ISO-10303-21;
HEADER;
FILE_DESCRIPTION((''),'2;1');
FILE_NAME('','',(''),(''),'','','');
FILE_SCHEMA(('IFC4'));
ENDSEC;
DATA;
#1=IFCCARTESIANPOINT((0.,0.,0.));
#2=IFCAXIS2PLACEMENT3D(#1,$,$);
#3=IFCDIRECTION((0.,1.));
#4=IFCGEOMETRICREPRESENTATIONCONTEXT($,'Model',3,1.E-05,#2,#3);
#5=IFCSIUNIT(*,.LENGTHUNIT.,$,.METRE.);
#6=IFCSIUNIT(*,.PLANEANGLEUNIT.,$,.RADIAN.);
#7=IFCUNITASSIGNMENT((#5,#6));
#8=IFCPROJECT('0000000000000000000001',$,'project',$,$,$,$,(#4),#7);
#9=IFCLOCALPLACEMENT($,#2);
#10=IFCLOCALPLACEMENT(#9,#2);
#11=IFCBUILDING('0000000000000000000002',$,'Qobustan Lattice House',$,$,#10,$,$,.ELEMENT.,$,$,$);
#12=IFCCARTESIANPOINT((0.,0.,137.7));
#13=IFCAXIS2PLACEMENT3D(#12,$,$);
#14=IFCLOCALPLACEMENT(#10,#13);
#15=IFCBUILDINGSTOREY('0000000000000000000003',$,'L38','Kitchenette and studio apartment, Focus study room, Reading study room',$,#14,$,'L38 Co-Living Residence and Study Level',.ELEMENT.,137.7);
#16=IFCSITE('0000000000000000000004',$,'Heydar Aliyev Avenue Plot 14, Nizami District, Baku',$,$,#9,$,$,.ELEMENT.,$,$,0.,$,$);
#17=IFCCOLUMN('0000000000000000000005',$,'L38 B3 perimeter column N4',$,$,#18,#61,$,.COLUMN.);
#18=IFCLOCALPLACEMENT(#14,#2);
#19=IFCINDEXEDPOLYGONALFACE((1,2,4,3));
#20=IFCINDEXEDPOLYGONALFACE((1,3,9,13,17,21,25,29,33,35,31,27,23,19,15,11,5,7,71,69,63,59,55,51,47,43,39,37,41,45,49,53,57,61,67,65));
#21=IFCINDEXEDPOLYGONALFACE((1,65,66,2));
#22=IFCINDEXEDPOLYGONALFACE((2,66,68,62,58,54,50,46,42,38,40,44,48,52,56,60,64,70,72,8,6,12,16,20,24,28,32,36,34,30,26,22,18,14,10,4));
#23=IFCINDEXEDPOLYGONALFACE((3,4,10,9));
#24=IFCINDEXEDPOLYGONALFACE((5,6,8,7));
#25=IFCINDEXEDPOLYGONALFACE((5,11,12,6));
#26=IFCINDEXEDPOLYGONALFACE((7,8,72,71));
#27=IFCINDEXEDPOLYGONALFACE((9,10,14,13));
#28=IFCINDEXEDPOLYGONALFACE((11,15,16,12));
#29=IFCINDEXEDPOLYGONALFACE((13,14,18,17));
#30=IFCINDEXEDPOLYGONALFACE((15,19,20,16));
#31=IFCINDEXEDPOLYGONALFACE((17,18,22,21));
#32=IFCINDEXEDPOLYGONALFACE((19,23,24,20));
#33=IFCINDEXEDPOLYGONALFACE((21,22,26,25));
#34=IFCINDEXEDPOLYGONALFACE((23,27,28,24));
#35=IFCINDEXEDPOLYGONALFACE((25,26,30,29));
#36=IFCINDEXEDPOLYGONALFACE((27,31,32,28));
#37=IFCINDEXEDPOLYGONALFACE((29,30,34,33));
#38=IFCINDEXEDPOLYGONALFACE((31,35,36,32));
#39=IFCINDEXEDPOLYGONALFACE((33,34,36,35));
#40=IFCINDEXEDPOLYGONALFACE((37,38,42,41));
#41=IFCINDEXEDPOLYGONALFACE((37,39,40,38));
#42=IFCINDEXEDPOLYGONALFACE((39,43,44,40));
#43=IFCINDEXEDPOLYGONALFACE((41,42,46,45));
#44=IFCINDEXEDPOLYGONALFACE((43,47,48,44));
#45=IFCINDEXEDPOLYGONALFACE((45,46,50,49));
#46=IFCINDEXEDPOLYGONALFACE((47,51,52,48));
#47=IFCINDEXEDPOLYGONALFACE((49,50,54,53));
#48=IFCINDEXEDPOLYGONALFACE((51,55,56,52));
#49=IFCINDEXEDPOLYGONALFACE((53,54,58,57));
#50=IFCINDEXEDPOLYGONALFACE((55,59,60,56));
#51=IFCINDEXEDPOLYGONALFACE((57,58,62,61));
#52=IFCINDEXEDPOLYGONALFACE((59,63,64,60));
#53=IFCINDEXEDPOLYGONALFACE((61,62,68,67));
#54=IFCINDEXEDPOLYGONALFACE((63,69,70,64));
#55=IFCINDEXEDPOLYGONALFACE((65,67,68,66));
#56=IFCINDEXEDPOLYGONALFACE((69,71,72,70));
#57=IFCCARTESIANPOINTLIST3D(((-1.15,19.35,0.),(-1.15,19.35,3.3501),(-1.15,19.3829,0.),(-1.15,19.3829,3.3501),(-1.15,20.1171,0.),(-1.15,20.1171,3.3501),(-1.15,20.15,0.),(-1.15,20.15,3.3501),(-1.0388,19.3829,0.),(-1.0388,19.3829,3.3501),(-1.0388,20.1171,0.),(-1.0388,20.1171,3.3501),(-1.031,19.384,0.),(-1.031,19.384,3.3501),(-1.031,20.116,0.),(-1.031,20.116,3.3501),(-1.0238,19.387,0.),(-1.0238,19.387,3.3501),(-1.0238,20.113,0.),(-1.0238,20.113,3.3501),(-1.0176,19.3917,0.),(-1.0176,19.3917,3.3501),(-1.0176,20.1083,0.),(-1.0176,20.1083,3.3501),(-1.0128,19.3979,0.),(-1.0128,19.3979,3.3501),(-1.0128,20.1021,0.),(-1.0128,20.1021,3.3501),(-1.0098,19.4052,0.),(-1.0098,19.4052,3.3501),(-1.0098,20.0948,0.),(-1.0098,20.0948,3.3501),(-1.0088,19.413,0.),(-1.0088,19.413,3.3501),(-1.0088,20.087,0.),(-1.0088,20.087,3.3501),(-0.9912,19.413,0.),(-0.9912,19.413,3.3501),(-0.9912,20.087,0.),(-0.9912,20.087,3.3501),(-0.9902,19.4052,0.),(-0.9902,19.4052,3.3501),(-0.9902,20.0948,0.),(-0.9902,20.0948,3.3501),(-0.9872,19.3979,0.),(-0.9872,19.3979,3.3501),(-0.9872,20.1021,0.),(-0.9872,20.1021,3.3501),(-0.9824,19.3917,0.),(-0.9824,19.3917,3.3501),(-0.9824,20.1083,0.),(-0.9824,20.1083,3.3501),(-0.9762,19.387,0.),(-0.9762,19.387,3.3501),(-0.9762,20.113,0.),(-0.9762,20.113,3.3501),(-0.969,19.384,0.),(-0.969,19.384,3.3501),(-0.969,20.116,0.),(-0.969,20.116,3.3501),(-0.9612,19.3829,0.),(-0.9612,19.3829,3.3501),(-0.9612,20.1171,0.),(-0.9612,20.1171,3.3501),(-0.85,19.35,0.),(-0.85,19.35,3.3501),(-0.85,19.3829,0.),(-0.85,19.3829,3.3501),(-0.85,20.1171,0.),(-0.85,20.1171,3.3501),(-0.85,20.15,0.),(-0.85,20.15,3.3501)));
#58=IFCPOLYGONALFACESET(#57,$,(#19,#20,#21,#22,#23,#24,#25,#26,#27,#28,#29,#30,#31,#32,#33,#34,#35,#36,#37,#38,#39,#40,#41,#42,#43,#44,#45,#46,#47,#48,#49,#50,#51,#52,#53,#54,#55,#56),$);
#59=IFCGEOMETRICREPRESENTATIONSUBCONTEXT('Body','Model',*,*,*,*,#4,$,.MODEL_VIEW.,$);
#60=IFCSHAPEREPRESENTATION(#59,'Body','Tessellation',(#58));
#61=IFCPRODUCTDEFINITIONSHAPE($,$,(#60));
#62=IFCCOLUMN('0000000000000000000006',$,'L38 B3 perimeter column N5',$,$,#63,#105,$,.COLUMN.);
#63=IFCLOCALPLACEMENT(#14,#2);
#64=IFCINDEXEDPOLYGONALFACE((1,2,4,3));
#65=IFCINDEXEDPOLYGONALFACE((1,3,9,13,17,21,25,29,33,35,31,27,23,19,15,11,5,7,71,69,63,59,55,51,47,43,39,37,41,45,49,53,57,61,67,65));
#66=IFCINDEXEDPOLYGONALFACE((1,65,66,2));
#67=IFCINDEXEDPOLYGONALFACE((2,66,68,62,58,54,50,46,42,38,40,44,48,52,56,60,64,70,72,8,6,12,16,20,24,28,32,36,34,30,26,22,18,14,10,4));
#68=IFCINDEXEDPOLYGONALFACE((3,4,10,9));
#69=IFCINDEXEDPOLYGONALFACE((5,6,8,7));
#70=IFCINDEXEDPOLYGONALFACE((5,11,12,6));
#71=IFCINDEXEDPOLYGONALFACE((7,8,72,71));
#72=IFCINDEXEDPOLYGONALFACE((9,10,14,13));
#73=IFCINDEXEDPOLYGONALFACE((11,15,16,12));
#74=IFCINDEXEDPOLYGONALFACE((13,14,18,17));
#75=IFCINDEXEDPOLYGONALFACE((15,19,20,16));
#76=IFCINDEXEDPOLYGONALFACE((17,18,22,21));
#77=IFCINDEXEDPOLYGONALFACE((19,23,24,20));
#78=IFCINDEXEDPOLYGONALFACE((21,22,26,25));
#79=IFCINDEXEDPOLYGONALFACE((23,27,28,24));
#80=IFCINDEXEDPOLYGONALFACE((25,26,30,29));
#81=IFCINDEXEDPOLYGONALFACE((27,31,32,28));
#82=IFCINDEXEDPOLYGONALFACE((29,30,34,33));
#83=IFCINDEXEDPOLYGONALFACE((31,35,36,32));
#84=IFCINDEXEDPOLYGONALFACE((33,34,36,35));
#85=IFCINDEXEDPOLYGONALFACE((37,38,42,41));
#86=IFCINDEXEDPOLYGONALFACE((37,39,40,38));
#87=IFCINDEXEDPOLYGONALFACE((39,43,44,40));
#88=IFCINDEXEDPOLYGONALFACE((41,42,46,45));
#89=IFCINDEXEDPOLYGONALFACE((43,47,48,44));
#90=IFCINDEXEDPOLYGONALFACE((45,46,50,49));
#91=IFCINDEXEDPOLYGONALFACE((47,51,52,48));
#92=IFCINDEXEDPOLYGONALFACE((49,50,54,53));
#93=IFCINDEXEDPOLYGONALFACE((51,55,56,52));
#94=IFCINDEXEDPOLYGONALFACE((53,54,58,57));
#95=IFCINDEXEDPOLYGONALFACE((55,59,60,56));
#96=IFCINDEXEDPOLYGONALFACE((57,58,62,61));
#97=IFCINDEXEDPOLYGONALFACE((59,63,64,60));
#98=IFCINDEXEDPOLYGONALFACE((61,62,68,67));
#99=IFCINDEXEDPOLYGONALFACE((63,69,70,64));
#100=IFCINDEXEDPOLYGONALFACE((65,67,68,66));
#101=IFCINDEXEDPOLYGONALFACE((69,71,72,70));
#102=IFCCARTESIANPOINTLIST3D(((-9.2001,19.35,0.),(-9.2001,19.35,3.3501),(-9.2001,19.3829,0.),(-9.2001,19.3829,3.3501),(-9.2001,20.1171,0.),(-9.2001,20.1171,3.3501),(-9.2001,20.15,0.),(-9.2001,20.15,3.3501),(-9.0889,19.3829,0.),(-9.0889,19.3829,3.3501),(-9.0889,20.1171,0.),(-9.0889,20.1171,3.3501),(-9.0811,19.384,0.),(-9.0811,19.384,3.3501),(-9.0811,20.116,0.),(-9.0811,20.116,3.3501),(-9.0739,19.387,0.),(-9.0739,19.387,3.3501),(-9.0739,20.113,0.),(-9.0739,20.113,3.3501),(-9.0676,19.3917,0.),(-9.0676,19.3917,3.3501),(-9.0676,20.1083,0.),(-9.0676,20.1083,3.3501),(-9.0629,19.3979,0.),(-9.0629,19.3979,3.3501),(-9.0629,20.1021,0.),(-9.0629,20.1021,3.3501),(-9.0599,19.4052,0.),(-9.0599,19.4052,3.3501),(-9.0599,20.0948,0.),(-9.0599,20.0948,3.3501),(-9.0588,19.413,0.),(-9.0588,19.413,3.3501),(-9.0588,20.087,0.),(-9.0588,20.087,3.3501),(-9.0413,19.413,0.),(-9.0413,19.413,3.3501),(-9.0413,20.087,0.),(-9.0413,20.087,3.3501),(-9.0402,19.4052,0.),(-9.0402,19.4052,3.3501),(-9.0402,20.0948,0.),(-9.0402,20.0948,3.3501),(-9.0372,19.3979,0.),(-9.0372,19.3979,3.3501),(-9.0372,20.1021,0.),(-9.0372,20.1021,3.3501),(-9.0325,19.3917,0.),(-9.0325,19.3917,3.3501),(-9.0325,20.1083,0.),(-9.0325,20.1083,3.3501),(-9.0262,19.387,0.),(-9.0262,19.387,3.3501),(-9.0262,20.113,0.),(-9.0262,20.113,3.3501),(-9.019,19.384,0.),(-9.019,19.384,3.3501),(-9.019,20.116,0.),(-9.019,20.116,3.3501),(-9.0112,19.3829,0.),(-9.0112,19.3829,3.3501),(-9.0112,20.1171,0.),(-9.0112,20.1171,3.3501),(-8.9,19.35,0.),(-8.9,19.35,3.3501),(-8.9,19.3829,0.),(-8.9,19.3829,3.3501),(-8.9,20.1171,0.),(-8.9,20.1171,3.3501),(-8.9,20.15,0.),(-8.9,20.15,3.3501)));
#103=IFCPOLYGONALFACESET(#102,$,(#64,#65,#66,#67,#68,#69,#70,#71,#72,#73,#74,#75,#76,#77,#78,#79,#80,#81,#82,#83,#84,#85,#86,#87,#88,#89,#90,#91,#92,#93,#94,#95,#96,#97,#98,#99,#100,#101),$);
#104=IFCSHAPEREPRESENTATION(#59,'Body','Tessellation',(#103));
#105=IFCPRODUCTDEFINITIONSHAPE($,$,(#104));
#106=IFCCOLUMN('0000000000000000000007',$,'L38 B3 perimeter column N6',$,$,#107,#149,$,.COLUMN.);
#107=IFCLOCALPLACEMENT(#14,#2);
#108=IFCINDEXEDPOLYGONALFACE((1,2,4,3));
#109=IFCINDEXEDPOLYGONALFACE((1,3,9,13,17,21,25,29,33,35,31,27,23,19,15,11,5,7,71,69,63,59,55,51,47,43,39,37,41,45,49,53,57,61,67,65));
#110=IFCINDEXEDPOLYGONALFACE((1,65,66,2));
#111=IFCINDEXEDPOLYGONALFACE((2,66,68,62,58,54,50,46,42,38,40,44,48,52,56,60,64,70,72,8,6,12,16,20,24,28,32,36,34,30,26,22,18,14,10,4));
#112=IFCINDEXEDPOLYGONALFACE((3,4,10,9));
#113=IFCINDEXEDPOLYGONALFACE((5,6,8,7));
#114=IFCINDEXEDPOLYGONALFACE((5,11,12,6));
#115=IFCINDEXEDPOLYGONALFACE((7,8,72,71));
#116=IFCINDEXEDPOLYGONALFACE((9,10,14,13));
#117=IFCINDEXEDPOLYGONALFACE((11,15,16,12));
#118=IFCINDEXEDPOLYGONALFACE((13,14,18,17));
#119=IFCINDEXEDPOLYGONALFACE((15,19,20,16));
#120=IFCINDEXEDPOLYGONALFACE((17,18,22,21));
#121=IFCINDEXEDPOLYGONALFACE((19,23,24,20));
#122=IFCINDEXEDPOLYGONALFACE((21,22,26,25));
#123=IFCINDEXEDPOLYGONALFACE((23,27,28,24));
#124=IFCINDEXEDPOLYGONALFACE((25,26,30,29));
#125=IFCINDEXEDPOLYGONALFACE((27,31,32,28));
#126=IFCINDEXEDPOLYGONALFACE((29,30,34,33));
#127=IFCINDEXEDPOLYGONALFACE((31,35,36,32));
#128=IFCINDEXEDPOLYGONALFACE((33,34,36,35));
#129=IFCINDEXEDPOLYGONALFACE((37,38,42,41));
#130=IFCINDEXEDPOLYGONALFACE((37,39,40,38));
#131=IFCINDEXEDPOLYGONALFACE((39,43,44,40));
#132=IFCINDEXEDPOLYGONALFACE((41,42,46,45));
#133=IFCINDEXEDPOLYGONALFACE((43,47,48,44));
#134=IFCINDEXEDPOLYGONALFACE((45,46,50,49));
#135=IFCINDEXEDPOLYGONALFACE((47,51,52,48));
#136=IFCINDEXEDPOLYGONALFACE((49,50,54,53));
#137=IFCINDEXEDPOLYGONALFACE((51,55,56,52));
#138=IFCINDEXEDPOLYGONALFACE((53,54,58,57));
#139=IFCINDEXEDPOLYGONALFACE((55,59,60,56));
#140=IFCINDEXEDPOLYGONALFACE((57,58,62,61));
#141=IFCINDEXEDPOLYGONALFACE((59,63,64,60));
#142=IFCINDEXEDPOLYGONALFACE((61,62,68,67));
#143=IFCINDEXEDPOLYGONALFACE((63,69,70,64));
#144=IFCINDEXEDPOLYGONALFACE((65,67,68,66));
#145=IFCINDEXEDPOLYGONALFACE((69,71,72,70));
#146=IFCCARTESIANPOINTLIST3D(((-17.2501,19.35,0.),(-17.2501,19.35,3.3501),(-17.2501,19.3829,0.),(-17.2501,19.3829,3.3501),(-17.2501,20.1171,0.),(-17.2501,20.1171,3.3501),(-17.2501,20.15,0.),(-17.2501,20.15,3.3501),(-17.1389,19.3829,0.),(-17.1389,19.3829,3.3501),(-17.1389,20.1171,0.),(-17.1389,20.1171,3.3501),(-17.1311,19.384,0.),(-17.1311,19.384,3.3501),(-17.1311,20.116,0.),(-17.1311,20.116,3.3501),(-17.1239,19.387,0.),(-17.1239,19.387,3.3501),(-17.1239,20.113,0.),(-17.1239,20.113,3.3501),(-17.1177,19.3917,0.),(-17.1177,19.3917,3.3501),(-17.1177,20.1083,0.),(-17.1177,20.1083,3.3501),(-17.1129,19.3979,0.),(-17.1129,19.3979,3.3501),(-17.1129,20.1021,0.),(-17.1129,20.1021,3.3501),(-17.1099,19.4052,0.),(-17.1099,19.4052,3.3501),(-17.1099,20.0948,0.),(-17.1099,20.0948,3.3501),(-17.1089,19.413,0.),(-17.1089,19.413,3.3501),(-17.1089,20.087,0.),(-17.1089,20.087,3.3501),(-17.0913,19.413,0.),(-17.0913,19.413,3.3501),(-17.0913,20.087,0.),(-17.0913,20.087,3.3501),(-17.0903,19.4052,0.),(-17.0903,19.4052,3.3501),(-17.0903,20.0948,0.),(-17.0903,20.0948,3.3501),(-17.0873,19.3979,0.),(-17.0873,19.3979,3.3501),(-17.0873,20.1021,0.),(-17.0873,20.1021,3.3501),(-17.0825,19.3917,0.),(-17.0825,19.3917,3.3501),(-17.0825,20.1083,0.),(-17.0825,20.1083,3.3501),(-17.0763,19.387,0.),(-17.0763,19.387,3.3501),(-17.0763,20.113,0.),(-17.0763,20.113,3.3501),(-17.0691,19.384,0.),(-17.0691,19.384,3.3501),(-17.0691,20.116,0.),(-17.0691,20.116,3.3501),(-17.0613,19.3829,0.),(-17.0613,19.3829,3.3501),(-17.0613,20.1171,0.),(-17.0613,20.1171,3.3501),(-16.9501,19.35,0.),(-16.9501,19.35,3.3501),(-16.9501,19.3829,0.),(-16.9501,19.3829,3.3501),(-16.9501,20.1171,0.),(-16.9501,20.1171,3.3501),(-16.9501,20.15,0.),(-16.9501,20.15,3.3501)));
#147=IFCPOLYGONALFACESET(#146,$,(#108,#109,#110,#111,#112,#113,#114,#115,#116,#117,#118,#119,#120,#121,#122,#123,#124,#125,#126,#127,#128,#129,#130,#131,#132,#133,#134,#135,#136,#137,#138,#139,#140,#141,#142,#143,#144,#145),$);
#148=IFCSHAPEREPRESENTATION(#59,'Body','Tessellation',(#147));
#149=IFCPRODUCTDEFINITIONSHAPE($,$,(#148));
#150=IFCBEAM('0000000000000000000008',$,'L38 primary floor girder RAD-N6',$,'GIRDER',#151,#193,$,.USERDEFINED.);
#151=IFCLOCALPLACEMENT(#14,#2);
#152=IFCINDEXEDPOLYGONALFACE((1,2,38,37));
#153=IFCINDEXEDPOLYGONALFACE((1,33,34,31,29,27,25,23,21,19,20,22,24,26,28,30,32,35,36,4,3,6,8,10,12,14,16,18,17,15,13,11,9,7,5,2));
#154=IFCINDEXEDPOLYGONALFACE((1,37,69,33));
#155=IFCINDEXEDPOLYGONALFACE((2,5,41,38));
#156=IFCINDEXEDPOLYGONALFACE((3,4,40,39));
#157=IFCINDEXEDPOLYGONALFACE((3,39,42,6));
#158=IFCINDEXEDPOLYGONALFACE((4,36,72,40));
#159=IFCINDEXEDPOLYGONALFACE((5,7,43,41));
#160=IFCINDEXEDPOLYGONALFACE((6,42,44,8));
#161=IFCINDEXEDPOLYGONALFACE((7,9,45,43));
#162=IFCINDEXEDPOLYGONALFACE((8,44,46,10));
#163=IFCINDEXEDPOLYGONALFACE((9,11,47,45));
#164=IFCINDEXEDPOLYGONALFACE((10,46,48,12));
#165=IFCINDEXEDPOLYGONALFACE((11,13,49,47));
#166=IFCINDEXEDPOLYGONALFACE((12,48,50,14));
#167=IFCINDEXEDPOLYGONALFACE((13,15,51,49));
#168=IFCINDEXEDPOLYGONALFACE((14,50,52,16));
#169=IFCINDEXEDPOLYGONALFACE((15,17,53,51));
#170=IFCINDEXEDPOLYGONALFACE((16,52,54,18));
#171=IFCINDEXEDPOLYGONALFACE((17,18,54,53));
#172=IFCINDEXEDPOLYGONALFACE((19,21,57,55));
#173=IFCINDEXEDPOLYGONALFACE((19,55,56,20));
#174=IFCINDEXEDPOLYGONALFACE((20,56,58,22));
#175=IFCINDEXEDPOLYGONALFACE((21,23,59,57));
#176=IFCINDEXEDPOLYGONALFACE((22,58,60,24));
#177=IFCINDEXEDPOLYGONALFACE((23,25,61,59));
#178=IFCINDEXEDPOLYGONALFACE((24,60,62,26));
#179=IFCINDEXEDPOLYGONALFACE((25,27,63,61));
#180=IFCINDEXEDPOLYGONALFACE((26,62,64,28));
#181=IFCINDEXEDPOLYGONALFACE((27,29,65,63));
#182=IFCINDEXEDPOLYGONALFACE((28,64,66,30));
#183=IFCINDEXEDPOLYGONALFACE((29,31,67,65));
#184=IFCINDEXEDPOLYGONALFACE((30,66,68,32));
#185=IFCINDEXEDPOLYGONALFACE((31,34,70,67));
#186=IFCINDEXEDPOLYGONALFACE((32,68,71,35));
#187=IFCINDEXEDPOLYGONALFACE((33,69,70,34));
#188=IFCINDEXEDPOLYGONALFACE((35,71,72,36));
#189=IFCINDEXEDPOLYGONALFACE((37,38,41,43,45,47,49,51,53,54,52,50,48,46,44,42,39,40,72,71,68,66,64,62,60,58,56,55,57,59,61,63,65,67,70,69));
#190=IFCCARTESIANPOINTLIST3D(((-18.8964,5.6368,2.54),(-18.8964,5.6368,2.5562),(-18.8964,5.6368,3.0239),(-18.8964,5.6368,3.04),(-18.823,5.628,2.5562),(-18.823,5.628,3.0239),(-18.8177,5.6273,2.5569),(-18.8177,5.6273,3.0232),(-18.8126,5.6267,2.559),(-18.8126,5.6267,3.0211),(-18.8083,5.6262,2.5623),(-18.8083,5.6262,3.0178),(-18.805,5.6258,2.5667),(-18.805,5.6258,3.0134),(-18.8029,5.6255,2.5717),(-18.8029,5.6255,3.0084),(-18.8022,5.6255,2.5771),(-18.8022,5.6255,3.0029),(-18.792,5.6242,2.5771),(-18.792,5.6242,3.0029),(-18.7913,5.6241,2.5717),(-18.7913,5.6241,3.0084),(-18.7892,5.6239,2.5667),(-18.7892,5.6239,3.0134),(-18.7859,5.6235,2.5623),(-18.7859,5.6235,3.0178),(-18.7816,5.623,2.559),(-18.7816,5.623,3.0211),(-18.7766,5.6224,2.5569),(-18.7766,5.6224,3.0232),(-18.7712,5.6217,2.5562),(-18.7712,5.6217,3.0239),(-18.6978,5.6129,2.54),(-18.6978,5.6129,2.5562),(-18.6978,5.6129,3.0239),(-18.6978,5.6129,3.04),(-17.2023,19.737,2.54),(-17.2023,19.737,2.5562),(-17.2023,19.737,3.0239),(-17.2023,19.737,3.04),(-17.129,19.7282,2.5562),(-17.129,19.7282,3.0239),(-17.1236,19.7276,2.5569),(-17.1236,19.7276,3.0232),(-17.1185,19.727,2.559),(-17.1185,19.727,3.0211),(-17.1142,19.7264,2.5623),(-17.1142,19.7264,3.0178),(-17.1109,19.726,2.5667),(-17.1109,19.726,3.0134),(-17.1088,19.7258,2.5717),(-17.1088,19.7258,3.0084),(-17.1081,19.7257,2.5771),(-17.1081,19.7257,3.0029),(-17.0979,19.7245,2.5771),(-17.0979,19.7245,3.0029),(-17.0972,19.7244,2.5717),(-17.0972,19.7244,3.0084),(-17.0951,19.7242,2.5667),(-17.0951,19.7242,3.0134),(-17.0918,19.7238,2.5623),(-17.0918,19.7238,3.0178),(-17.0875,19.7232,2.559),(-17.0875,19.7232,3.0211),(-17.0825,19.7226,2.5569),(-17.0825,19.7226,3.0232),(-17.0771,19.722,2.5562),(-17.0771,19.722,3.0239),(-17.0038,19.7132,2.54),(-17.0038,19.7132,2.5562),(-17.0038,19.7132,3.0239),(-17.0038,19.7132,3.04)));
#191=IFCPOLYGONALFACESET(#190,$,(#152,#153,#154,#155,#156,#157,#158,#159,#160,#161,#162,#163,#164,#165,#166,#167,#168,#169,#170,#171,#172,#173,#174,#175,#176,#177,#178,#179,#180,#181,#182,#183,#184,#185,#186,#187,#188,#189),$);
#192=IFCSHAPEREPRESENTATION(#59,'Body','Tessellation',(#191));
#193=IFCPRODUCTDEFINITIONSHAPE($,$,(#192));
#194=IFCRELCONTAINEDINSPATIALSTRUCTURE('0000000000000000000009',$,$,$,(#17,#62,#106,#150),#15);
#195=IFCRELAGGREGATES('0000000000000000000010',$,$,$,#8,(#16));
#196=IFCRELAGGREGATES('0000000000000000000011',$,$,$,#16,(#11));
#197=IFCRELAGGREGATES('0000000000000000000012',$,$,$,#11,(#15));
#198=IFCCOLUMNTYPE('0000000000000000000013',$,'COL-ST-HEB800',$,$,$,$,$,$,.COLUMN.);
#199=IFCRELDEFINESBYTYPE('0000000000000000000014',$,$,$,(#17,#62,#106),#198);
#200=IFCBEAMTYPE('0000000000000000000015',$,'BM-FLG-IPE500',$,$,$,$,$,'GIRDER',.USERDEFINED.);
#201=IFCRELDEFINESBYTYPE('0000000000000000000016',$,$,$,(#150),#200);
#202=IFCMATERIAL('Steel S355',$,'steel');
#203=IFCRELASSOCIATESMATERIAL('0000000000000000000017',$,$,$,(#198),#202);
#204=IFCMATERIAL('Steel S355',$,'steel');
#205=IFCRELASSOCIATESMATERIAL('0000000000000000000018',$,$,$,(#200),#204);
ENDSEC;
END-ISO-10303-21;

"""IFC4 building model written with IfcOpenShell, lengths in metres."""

from ifc_helpers import new_model, si_unit, direction, frame, origin, origin_2d, place, context, subcontext, project, spatial, i_section, extrude, material, material_profile, profile_set, type_object, element, save


model = new_model("IFC4")

# Units and contexts
model_context = context("Model", 3, precision=1e-05, world=origin(), true_north=direction((0.0, 1.0)))
body_context = subcontext(model_context, "Body", "Model", "MODEL_VIEW")
ifc_project = project(units=[si_unit("LENGTHUNIT", "METRE"), si_unit("PLANEANGLEUNIT", "RADIAN")], contexts=[model_context])

# Site, building, storey
site_placement = place(None, origin())
site = spatial("IfcSite", under=ifc_project, at=site_placement, Name="Heydar Aliyev Avenue Plot 14, Nizami District, Baku", CompositionType="ELEMENT", RefElevation=0.0)
building_placement = place(site_placement, origin())
building = spatial("IfcBuilding", under=site, at=building_placement, Name="Qobustan Lattice House", CompositionType="ELEMENT")
storey_placement = place(building_placement, frame((0.0, 0.0, 137.7)))
storey = spatial("IfcBuildingStorey", under=building, at=storey_placement, Name="L38", Description="Kitchenette and studio apartment, Focus study room, Reading study room", LongName="L38 Co-Living Residence and Study Level", CompositionType="ELEMENT", Elevation=137.7)

# Columns
ifc_material_1 = material(Name="Steel S355", Category="steel")
ifc_material_profile_1 = material_profile(ifc_material_1, i_section(OverallWidth=0.3, OverallDepth=0.8, WebThickness=0.0176, FlangeThickness=0.033, FilletRadius=0.03, at=origin_2d()), Name="HEB800")
ifc_profile_set_1 = profile_set([ifc_material_profile_1], Name="Steel S355")
column_type = type_object("IfcColumnType", Name="COL-ST-HEB800", PredefinedType="COLUMN", material=ifc_profile_set_1)
for number, where, z_axis, x_axis, name in (
    (1, (-1.0, 19.75, 0.0), (0.0, 0.0, 1.0), (1.0, 0.0, 0.0), "L38 B3 perimeter column N4"),
    (2, (-9.05, 19.75, 0.0), (0.0, 0.0, 1.0), (1.0, 0.0, 0.0), "L38 B3 perimeter column N5"),
    (3, (-17.1001, 19.75, 0.0), (0.0, 0.0, 1.0), (1.0, 0.0, 0.0), "L38 B3 perimeter column N6"),
):
    element("IfcColumn", number, at=place(storey_placement, frame(where, z_axis=z_axis, x_axis=x_axis)), inside=storey, type_object=column_type, Name=name, PredefinedType="COLUMN", context=body_context, shape_type="SweptSolid", body=[
        extrude(i_section(OverallWidth=0.3, OverallDepth=0.8, WebThickness=0.0176, FlangeThickness=0.033, FilletRadius=0.03, at=origin_2d()), origin(), (0.0, 0.0, 1.0), 3.3501),
    ])

# Beam
ifc_material_2 = material(Name="Steel S355", Category="steel")
ifc_material_profile_2 = material_profile(ifc_material_2, i_section(OverallWidth=0.2, OverallDepth=0.5, WebThickness=0.0103, FlangeThickness=0.0161, FilletRadius=0.021, at=origin_2d()), Name="IPE500")
ifc_profile_set_2 = profile_set([ifc_material_profile_2], Name="Steel S355")
beam_type_1 = type_object("IfcBeamType", Name="BM-FLG-IPE500", ElementType="GIRDER", PredefinedType="USERDEFINED", material=ifc_profile_set_2)
beam_1_placement = place(storey_placement, frame((-17.103, 19.7251, 2.79), z_axis=(-0.119288, -0.99286, 0.0), x_axis=(0.99286, -0.119288, 0.0)))
element("IfcBeam", 4, at=beam_1_placement, inside=storey, type_object=beam_type_1, Name="L38 primary floor girder RAD-N6", ObjectType="GIRDER", PredefinedType="USERDEFINED", context=body_context, shape_type="SweptSolid", body=[
    extrude(i_section(OverallWidth=0.2, OverallDepth=0.5, WebThickness=0.0103, FlangeThickness=0.0161, FilletRadius=0.021, at=origin_2d()), origin(), (0.0, 0.0, 1.0), 14.2017),
])

save(model, "model.ifc")
